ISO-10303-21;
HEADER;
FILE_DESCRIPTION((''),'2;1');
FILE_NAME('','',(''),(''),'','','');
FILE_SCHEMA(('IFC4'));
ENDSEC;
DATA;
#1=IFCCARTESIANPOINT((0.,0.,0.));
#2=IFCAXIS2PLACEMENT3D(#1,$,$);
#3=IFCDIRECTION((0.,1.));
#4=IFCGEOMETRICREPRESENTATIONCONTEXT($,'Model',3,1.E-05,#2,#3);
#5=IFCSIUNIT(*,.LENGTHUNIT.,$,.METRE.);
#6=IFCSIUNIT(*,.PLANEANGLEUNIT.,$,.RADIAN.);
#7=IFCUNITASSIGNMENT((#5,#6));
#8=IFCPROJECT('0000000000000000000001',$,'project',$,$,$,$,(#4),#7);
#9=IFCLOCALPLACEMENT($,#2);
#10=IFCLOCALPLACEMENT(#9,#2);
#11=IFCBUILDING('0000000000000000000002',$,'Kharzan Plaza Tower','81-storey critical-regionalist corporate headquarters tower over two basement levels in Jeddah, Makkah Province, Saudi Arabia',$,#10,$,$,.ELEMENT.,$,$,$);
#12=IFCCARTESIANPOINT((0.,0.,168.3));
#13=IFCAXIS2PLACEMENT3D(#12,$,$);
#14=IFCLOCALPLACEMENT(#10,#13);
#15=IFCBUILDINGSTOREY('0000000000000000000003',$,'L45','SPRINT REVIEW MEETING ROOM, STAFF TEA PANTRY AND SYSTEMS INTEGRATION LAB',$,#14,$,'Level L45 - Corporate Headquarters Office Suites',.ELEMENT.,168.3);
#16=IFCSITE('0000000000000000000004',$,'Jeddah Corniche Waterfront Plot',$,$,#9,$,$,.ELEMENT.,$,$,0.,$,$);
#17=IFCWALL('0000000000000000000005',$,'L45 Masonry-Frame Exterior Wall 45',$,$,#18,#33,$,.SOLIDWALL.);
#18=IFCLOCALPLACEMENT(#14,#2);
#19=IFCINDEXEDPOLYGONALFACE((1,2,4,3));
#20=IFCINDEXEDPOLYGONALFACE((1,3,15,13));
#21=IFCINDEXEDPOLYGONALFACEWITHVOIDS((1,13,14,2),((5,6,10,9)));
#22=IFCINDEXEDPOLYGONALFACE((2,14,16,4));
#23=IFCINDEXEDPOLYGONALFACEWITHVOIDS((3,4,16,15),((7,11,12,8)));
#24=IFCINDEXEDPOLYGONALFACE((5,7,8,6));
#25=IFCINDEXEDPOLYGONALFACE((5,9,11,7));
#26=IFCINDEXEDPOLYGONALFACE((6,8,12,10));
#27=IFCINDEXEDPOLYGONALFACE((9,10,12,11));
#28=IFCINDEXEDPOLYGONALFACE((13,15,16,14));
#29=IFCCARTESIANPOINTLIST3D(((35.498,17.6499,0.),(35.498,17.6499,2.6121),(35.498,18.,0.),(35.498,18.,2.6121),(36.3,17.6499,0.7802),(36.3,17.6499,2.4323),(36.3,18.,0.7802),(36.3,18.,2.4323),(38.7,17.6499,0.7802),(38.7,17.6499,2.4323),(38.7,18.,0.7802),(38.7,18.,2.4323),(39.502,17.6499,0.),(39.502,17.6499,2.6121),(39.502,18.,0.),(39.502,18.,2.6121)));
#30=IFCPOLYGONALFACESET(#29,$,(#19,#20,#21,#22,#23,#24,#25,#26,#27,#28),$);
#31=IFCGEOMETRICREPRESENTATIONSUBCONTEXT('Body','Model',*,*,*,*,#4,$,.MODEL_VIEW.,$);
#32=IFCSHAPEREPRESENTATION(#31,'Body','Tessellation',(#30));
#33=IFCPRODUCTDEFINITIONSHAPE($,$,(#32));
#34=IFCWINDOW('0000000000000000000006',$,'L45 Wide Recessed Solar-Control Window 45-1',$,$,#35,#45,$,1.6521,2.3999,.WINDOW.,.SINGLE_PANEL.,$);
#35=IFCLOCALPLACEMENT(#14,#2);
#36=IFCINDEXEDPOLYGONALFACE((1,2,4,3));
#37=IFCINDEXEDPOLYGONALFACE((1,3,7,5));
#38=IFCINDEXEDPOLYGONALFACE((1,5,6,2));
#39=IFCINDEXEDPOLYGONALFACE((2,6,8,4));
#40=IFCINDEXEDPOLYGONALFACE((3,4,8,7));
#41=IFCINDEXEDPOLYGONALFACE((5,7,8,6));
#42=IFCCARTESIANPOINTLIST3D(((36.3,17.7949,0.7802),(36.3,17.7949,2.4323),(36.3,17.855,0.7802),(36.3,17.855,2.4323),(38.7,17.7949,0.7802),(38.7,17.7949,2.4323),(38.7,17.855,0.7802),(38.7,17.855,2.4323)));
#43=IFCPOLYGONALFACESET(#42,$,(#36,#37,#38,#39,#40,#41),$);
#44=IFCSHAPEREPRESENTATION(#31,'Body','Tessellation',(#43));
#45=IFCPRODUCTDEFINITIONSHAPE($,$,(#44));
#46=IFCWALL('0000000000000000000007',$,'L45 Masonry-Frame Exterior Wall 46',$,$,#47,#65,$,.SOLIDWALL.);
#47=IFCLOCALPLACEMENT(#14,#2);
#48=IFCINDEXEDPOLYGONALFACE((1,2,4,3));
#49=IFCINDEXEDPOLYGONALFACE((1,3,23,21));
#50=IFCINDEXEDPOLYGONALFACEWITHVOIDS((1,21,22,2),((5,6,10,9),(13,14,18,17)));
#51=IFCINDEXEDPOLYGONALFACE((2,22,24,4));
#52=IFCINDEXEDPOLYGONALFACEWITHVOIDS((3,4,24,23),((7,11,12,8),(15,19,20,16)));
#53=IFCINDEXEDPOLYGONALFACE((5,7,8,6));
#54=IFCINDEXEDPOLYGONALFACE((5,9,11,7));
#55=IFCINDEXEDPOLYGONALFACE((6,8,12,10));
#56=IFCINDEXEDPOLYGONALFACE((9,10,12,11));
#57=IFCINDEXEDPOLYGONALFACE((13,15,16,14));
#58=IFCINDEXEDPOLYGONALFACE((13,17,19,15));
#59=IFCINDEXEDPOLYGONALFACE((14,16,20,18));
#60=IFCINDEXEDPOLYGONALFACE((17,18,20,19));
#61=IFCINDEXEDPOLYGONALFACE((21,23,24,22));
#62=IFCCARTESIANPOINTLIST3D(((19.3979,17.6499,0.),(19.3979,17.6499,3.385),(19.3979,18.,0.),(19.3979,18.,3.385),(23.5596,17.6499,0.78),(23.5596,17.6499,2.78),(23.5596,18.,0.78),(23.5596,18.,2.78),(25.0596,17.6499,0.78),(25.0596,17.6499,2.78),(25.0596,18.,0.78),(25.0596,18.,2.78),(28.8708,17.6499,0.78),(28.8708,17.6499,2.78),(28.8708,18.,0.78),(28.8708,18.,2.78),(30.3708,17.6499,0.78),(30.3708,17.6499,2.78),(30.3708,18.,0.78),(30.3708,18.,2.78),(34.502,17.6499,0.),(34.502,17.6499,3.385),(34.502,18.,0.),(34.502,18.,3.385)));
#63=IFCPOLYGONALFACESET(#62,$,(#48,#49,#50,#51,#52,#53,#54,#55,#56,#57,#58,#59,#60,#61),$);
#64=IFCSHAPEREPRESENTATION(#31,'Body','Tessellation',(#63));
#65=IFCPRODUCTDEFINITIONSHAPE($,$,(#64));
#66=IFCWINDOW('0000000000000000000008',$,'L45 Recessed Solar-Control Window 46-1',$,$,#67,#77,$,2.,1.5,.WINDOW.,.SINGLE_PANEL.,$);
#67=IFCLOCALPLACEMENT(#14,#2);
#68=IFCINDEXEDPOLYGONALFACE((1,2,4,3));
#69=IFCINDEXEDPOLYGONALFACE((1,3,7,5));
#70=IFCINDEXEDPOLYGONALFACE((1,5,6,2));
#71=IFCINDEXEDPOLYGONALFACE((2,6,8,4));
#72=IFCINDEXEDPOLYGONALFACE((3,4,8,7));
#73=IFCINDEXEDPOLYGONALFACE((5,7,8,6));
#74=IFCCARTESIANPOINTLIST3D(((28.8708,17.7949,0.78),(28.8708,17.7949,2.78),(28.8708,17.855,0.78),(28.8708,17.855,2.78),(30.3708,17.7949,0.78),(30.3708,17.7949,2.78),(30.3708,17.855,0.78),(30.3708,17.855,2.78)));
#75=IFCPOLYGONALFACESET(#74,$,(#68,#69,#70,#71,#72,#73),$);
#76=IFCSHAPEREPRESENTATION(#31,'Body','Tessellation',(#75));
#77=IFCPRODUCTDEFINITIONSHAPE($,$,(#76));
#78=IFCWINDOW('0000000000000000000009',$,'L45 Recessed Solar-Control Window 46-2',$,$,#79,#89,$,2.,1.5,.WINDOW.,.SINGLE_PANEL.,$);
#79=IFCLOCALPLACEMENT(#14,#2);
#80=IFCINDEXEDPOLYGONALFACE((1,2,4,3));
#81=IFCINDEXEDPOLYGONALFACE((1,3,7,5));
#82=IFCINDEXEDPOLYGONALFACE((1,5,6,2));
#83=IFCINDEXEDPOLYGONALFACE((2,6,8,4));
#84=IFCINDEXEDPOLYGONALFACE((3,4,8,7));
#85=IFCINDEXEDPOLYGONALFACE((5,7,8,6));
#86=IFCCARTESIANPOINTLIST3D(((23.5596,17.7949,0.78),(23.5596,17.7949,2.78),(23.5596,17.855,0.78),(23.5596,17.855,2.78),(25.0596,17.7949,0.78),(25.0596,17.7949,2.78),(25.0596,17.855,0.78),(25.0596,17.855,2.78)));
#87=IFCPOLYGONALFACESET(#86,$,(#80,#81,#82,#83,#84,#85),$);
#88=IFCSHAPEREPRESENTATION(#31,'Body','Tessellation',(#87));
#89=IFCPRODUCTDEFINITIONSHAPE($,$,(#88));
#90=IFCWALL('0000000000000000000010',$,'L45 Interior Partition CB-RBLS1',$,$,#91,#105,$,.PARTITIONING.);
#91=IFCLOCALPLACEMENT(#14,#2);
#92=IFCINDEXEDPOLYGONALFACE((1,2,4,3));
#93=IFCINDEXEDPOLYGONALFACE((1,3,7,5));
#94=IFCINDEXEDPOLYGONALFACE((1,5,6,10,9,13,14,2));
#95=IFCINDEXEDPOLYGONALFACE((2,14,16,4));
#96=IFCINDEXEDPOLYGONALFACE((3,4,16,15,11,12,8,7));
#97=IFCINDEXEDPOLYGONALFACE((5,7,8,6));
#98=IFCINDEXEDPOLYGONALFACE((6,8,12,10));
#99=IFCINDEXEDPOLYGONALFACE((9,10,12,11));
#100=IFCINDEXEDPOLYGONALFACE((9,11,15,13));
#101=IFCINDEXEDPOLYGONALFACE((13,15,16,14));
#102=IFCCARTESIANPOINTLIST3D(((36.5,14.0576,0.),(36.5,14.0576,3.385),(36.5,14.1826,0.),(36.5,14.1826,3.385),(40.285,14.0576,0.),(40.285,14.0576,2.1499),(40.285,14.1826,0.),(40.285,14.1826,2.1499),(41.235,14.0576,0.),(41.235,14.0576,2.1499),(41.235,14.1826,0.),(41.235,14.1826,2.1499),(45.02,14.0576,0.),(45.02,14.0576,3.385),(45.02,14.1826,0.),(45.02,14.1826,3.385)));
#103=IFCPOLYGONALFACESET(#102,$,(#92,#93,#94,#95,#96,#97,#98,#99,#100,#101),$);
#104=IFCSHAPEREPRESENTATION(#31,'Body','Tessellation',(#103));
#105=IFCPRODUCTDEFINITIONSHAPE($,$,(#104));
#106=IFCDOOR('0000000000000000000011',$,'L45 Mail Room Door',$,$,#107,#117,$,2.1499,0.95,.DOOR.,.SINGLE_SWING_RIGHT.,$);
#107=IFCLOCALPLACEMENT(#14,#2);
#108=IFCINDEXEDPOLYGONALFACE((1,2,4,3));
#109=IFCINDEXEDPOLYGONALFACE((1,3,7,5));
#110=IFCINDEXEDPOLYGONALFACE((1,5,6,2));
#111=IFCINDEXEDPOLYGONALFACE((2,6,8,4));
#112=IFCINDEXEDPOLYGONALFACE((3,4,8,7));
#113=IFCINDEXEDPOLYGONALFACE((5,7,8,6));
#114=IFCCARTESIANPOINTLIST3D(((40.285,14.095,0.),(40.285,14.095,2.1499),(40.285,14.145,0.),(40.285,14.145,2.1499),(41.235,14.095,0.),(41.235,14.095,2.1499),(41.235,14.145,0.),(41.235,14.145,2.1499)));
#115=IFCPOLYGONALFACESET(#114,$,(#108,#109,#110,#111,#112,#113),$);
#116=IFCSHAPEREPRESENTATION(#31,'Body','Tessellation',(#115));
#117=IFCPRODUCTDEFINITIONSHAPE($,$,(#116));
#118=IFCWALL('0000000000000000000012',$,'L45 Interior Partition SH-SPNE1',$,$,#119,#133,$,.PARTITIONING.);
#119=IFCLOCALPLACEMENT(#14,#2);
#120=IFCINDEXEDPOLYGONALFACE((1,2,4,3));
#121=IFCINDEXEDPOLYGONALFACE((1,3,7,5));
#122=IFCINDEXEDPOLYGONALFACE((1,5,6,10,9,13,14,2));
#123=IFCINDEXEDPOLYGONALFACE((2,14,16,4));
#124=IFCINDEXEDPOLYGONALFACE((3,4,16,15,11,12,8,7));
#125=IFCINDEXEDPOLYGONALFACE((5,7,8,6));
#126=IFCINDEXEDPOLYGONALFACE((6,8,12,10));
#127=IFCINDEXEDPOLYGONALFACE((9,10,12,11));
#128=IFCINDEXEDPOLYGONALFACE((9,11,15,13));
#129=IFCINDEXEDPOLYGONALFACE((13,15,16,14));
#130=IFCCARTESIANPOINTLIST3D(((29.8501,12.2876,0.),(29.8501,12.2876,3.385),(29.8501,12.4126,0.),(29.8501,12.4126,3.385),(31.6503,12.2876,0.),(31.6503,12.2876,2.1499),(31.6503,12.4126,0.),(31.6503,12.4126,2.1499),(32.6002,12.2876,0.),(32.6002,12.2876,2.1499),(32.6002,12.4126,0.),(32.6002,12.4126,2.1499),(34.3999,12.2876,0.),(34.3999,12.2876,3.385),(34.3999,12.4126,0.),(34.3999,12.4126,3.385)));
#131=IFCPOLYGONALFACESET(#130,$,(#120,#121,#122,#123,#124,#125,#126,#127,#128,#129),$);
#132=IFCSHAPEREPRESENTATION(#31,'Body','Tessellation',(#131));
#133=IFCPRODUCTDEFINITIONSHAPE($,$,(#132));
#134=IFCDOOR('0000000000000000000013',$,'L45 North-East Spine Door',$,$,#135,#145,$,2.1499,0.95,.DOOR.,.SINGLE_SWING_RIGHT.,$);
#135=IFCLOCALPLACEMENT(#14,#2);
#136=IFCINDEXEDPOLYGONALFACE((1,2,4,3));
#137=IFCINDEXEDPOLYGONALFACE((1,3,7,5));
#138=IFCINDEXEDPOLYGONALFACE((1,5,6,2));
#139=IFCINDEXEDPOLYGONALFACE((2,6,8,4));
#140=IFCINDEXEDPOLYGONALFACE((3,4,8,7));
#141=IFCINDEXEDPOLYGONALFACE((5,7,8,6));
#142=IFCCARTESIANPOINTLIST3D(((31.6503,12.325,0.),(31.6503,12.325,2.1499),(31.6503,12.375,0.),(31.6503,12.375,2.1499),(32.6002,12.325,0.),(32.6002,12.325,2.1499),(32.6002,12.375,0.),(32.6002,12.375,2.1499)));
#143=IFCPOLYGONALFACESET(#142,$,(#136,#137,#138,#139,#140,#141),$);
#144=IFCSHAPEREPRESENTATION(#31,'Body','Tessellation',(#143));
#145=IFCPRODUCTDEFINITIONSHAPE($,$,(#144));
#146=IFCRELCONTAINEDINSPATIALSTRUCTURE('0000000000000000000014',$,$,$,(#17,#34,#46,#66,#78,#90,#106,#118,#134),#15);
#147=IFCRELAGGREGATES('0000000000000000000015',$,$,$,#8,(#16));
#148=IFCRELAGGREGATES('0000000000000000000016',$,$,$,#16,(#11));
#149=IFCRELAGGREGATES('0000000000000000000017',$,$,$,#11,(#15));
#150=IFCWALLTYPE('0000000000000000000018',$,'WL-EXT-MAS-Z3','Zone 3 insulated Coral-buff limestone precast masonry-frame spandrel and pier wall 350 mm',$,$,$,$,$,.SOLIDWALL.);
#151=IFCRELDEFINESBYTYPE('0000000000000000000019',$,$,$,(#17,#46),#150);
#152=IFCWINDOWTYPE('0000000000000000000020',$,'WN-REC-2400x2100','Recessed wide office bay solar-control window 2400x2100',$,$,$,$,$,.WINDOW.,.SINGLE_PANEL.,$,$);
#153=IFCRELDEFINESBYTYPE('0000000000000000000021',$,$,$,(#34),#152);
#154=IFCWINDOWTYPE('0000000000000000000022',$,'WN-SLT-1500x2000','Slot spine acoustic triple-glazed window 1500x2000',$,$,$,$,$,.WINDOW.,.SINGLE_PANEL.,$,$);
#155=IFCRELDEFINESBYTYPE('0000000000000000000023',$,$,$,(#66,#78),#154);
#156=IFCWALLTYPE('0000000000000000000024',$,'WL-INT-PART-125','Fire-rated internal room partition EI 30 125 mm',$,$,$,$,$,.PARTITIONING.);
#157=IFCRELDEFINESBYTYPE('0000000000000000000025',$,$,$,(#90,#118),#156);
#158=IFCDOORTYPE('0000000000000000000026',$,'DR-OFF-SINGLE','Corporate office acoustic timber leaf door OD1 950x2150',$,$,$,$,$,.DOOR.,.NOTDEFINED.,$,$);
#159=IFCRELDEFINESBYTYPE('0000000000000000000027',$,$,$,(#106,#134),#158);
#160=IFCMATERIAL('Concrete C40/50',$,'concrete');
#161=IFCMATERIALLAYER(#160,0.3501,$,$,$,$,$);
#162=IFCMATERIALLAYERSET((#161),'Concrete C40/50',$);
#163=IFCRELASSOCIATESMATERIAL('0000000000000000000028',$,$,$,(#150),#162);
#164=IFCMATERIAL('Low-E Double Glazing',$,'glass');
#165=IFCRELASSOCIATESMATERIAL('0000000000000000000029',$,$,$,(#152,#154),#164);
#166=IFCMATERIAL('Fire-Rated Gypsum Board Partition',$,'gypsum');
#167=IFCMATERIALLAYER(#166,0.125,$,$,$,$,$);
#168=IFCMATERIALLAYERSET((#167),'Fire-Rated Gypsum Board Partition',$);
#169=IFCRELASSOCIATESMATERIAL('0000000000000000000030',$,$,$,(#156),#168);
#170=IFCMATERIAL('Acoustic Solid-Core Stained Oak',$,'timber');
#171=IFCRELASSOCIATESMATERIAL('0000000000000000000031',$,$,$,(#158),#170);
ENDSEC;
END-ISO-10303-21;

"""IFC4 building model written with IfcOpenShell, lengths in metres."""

from ifc_helpers import new_model, si_unit, direction, frame, frame_2d, origin, place, context, subcontext, project, spatial, rectangle, extrude, source, transform, mapped, material, layer, layer_set, type_object, element, fill, save


model = new_model("IFC4")

# Units and contexts
model_context = context("Model", 3, precision=1e-05, world=origin(), true_north=direction((0.0, 1.0)))
body_context = subcontext(model_context, "Body", "Model", "MODEL_VIEW")
ifc_project = project(units=[si_unit("LENGTHUNIT", "METRE"), si_unit("PLANEANGLEUNIT", "RADIAN")], contexts=[model_context])

# Site, building, storey
site_placement = place(None, origin())
site = spatial("IfcSite", under=ifc_project, at=site_placement, Name="Jeddah Corniche Waterfront Plot", CompositionType="ELEMENT", RefElevation=0.0)
building_placement = place(site_placement, origin())
building = spatial("IfcBuilding", under=site, at=building_placement, Name="Kharzan Plaza Tower", Description="81-storey critical-regionalist corporate headquarters tower over two basement levels in Jeddah, Makkah Province, Saudi Arabia", CompositionType="ELEMENT")
storey_placement = place(building_placement, frame((0.0, 0.0, 168.3)))
storey = spatial("IfcBuildingStorey", under=building, at=storey_placement, Name="L45", Description="SPRINT REVIEW MEETING ROOM, STAFF TEA PANTRY AND SYSTEMS INTEGRATION LAB", LongName="Level L45 - Corporate Headquarters Office Suites", CompositionType="ELEMENT", Elevation=168.3)

# Wall, opening, window
ifc_material_1 = material(Name="Concrete C40/50", Category="concrete")
ifc_layer_1 = layer(ifc_material_1, 0.3501)
ifc_layer_set_1 = layer_set([ifc_layer_1], Name="Concrete C40/50")
wall_type_1 = type_object("IfcWallType", Name="WL-EXT-MAS-Z3", Description="Zone 3 insulated Coral-buff limestone precast masonry-frame spandrel and pier wall 350 mm", PredefinedType="SOLIDWALL", material=ifc_layer_set_1)
wall_1_placement = place(storey_placement, frame((39.502, 17.825, 0.0), z_axis=(0.0, 0.0, 1.0), x_axis=(-1.0, 0.0, 0.0)))
wall_1 = element("IfcWall", 1, at=wall_1_placement, inside=storey, type_object=wall_type_1, Name="L45 Masonry-Frame Exterior Wall 45", PredefinedType="SOLIDWALL", context=body_context, shape_type="SweptSolid", body=[
    extrude(rectangle(XDim=4.0039, YDim=0.3501, at=frame_2d((2.002, 0.0))), origin(), (0.0, 0.0, 1.0), 2.6121),
])
opening_1_placement = place(wall_1_placement, frame((0.802, 0.0, 0.78)))
opening_1 = element("IfcOpeningElement", 2, at=opening_1_placement, cuts=wall_1, PredefinedType="OPENING", context=body_context, shape_type="SweptSolid", body=[
    extrude(rectangle(XDim=2.3999, YDim=1.6521, at=frame_2d((1.2, 0.8262))), frame((0.0, 0.1851, 0.0), z_axis=(0.0, -1.0, 0.0), x_axis=(1.0, 0.0, 0.0)), (0.0, 0.0, 1.0), 0.3701),
])
ifc_material_2 = material(Name="Low-E Double Glazing", Category="glass")
window_type_1 = type_object("IfcWindowType", Name="WN-REC-2400x2100", Description="Recessed wide office bay solar-control window 2400x2100", PartitioningType="SINGLE_PANEL", PredefinedType="WINDOW", material=ifc_material_2)
shared_shape_1 = source(origin(), body_context, "Body", "SweptSolid", [
    extrude(rectangle(XDim=2.3999, YDim=1.6521, at=frame_2d((1.2, 0.8262))), frame((0.0, 0.03, 0.0), z_axis=(0.0, -1.0, 0.0), x_axis=(1.0, 0.0, 0.0)), (0.0, 0.0, 1.0), 0.0601),
])
window_1_placement = place(opening_1_placement, origin())
window_1 = element("IfcWindow", 3, at=window_1_placement, inside=storey, type_object=window_type_1, Name="L45 Wide Recessed Solar-Control Window 45-1", OverallHeight=1.6521, OverallWidth=2.3999, PartitioningType="SINGLE_PANEL", PredefinedType="WINDOW", context=body_context, shape_type="MappedRepresentation", body=[
    mapped(shared_shape_1, transform((0.0, 0.0, 0.0), x_axis=(1.0, 0.0, 0.0), y_axis=(0.0, 1.0, 0.0), z_axis=(0.0, 0.0, 1.0))),
])
fill(opening_1, window_1)

# Wall, openings, windows
wall_2_placement = place(storey_placement, frame((34.502, 17.825, 0.0), z_axis=(0.0, 0.0, 1.0), x_axis=(-1.0, 0.0, 0.0)))
wall_2 = element("IfcWall", 4, at=wall_2_placement, inside=storey, type_object=wall_type_1, Name="L45 Masonry-Frame Exterior Wall 46", PredefinedType="SOLIDWALL", context=body_context, shape_type="SweptSolid", body=[
    extrude(rectangle(XDim=15.104, YDim=0.3501, at=frame_2d((7.552, 0.0))), origin(), (0.0, 0.0, 1.0), 3.385),
])
opening_2_placement = place(wall_2_placement, frame((4.1311, 0.0, 0.78)))
opening_2 = element("IfcOpeningElement", 5, at=opening_2_placement, cuts=wall_2, PredefinedType="OPENING", context=body_context, shape_type="SweptSolid", body=[
    extrude(rectangle(XDim=1.5, YDim=2.0, at=frame_2d((0.75, 1.0))), frame((0.0, 0.1851, 0.0), z_axis=(0.0, -1.0, 0.0), x_axis=(1.0, 0.0, 0.0)), (0.0, 0.0, 1.0), 0.3701),
])
opening_3_placement = place(wall_2_placement, frame((9.4424, 0.0, 0.78)))
opening_3 = element("IfcOpeningElement", 6, at=opening_3_placement, cuts=wall_2, PredefinedType="OPENING", context=body_context, shape_type="SweptSolid", body=[
    extrude(rectangle(XDim=1.5, YDim=2.0, at=frame_2d((0.75, 1.0))), frame((0.0, 0.1851, 0.0), z_axis=(0.0, -1.0, 0.0), x_axis=(1.0, 0.0, 0.0)), (0.0, 0.0, 1.0), 0.3701),
])
window_type_2 = type_object("IfcWindowType", Name="WN-SLT-1500x2000", Description="Slot spine acoustic triple-glazed window 1500x2000", PartitioningType="SINGLE_PANEL", PredefinedType="WINDOW", material=ifc_material_2)
shared_shape_2 = source(origin(), body_context, "Body", "SweptSolid", [
    extrude(rectangle(XDim=1.5, YDim=2.0, at=frame_2d((0.75, 1.0))), frame((0.0, 0.03, 0.0), z_axis=(0.0, -1.0, 0.0), x_axis=(1.0, 0.0, 0.0)), (0.0, 0.0, 1.0), 0.0601),
])
window_2_placement = place(opening_2_placement, origin())
window_2 = element("IfcWindow", 7, at=window_2_placement, inside=storey, type_object=window_type_2, Name="L45 Recessed Solar-Control Window 46-1", OverallHeight=2.0, OverallWidth=1.5, PartitioningType="SINGLE_PANEL", PredefinedType="WINDOW", context=body_context, shape_type="MappedRepresentation", body=[
    mapped(shared_shape_2, transform((0.0, 0.0, 0.0), x_axis=(1.0, 0.0, 0.0), y_axis=(0.0, 1.0, 0.0), z_axis=(0.0, 0.0, 1.0))),
])
fill(opening_2, window_2)
window_3_placement = place(opening_3_placement, origin())
window_3 = element("IfcWindow", 8, at=window_3_placement, inside=storey, type_object=window_type_2, Name="L45 Recessed Solar-Control Window 46-2", OverallHeight=2.0, OverallWidth=1.5, PartitioningType="SINGLE_PANEL", PredefinedType="WINDOW", context=body_context, shape_type="MappedRepresentation", body=[
    mapped(shared_shape_2, transform((0.0, 0.0, 0.0), x_axis=(1.0, 0.0, 0.0), y_axis=(0.0, 1.0, 0.0), z_axis=(0.0, 0.0, 1.0))),
])
fill(opening_3, window_3)

# Walls, openings, doors
ifc_material_3 = material(Name="Fire-Rated Gypsum Board Partition", Category="gypsum")
ifc_layer_2 = layer(ifc_material_3, 0.125)
ifc_layer_set_2 = layer_set([ifc_layer_2], Name="Fire-Rated Gypsum Board Partition")
wall_type_2 = type_object("IfcWallType", Name="WL-INT-PART-125", Description="Fire-rated internal room partition EI 30 125 mm", PredefinedType="PARTITIONING", material=ifc_layer_set_2)
wall_3_placement = place(storey_placement, frame((36.5, 14.1201, 0.0), z_axis=(0.0, 0.0, 1.0), x_axis=(1.0, 0.0, 0.0)))
wall_3 = element("IfcWall", 9, at=wall_3_placement, inside=storey, type_object=wall_type_2, Name="L45 Interior Partition CB-RBLS1", PredefinedType="PARTITIONING", context=body_context, shape_type="SweptSolid", body=[
    extrude(rectangle(XDim=8.52, YDim=0.125, at=frame_2d((4.26, 0.0))), origin(), (0.0, 0.0, 1.0), 3.385),
])
opening_4_placement = place(wall_3_placement, frame((3.7849, 0.0, 0.0)))
opening_4 = element("IfcOpeningElement", 10, at=opening_4_placement, cuts=wall_3, PredefinedType="OPENING", context=body_context, shape_type="SweptSolid", body=[
    extrude(rectangle(XDim=0.95, YDim=2.1499, at=frame_2d((0.4751, 1.075))), frame((0.0, 0.0725, 0.0), z_axis=(0.0, -1.0, 0.0), x_axis=(1.0, 0.0, 0.0)), (0.0, 0.0, 1.0), 0.145),
])
ifc_material_4 = material(Name="Acoustic Solid-Core Stained Oak", Category="timber")
door_type_1 = type_object("IfcDoorType", Name="DR-OFF-SINGLE", Description="Corporate office acoustic timber leaf door OD1 950x2150", OperationType="NOTDEFINED", PredefinedType="DOOR", material=ifc_material_4)
shared_shape_3 = source(origin(), body_context, "Body", "SweptSolid", [
    extrude(rectangle(XDim=0.95, YDim=2.1499, at=frame_2d((0.4751, 1.075))), frame((0.0, 0.0249, 0.0), z_axis=(0.0, -1.0, 0.0), x_axis=(1.0, 0.0, 0.0)), (0.0, 0.0, 1.0), 0.05),
])
door_1_placement = place(opening_4_placement, origin())
door_1 = element("IfcDoor", 11, at=door_1_placement, inside=storey, type_object=door_type_1, Name="L45 Mail Room Door", OperationType="SINGLE_SWING_RIGHT", OverallHeight=2.1499, OverallWidth=0.95, PredefinedType="DOOR", context=body_context, shape_type="MappedRepresentation", body=[
    mapped(shared_shape_3, transform((0.0, 0.0, 0.0), x_axis=(1.0, 0.0, 0.0), y_axis=(0.0, 1.0, 0.0), z_axis=(0.0, 0.0, 1.0))),
])
fill(opening_4, door_1)
wall_4_placement = place(storey_placement, frame((29.8501, 12.3501, 0.0), z_axis=(0.0, 0.0, 1.0), x_axis=(1.0, 0.0, 0.0)))
wall_4 = element("IfcWall", 12, at=wall_4_placement, inside=storey, type_object=wall_type_2, Name="L45 Interior Partition SH-SPNE1", PredefinedType="PARTITIONING", context=body_context, shape_type="SweptSolid", body=[
    extrude(rectangle(XDim=4.5498, YDim=0.125, at=frame_2d((2.2749, 0.0))), origin(), (0.0, 0.0, 1.0), 3.385),
])
opening_5_placement = place(wall_4_placement, frame((1.8, 0.0, 0.0)))
opening_5 = element("IfcOpeningElement", 13, at=opening_5_placement, cuts=wall_4, PredefinedType="OPENING", context=body_context, shape_type="SweptSolid", body=[
    extrude(rectangle(XDim=0.95, YDim=2.1499, at=frame_2d((0.4751, 1.075))), frame((0.0, 0.0725, 0.0), z_axis=(0.0, -1.0, 0.0), x_axis=(1.0, 0.0, 0.0)), (0.0, 0.0, 1.0), 0.145),
])
door_2_placement = place(opening_5_placement, origin())
door_2 = element("IfcDoor", 14, at=door_2_placement, inside=storey, type_object=door_type_1, Name="L45 North-East Spine Door", OperationType="SINGLE_SWING_RIGHT", OverallHeight=2.1499, OverallWidth=0.95, PredefinedType="DOOR", context=body_context, shape_type="MappedRepresentation", body=[
    mapped(shared_shape_3, transform((0.0, 0.0, 0.0), x_axis=(1.0, 0.0, 0.0), y_axis=(0.0, 1.0, 0.0), z_axis=(0.0, 0.0, 1.0))),
])
fill(opening_5, door_2)

save(model, "model.ifc")
